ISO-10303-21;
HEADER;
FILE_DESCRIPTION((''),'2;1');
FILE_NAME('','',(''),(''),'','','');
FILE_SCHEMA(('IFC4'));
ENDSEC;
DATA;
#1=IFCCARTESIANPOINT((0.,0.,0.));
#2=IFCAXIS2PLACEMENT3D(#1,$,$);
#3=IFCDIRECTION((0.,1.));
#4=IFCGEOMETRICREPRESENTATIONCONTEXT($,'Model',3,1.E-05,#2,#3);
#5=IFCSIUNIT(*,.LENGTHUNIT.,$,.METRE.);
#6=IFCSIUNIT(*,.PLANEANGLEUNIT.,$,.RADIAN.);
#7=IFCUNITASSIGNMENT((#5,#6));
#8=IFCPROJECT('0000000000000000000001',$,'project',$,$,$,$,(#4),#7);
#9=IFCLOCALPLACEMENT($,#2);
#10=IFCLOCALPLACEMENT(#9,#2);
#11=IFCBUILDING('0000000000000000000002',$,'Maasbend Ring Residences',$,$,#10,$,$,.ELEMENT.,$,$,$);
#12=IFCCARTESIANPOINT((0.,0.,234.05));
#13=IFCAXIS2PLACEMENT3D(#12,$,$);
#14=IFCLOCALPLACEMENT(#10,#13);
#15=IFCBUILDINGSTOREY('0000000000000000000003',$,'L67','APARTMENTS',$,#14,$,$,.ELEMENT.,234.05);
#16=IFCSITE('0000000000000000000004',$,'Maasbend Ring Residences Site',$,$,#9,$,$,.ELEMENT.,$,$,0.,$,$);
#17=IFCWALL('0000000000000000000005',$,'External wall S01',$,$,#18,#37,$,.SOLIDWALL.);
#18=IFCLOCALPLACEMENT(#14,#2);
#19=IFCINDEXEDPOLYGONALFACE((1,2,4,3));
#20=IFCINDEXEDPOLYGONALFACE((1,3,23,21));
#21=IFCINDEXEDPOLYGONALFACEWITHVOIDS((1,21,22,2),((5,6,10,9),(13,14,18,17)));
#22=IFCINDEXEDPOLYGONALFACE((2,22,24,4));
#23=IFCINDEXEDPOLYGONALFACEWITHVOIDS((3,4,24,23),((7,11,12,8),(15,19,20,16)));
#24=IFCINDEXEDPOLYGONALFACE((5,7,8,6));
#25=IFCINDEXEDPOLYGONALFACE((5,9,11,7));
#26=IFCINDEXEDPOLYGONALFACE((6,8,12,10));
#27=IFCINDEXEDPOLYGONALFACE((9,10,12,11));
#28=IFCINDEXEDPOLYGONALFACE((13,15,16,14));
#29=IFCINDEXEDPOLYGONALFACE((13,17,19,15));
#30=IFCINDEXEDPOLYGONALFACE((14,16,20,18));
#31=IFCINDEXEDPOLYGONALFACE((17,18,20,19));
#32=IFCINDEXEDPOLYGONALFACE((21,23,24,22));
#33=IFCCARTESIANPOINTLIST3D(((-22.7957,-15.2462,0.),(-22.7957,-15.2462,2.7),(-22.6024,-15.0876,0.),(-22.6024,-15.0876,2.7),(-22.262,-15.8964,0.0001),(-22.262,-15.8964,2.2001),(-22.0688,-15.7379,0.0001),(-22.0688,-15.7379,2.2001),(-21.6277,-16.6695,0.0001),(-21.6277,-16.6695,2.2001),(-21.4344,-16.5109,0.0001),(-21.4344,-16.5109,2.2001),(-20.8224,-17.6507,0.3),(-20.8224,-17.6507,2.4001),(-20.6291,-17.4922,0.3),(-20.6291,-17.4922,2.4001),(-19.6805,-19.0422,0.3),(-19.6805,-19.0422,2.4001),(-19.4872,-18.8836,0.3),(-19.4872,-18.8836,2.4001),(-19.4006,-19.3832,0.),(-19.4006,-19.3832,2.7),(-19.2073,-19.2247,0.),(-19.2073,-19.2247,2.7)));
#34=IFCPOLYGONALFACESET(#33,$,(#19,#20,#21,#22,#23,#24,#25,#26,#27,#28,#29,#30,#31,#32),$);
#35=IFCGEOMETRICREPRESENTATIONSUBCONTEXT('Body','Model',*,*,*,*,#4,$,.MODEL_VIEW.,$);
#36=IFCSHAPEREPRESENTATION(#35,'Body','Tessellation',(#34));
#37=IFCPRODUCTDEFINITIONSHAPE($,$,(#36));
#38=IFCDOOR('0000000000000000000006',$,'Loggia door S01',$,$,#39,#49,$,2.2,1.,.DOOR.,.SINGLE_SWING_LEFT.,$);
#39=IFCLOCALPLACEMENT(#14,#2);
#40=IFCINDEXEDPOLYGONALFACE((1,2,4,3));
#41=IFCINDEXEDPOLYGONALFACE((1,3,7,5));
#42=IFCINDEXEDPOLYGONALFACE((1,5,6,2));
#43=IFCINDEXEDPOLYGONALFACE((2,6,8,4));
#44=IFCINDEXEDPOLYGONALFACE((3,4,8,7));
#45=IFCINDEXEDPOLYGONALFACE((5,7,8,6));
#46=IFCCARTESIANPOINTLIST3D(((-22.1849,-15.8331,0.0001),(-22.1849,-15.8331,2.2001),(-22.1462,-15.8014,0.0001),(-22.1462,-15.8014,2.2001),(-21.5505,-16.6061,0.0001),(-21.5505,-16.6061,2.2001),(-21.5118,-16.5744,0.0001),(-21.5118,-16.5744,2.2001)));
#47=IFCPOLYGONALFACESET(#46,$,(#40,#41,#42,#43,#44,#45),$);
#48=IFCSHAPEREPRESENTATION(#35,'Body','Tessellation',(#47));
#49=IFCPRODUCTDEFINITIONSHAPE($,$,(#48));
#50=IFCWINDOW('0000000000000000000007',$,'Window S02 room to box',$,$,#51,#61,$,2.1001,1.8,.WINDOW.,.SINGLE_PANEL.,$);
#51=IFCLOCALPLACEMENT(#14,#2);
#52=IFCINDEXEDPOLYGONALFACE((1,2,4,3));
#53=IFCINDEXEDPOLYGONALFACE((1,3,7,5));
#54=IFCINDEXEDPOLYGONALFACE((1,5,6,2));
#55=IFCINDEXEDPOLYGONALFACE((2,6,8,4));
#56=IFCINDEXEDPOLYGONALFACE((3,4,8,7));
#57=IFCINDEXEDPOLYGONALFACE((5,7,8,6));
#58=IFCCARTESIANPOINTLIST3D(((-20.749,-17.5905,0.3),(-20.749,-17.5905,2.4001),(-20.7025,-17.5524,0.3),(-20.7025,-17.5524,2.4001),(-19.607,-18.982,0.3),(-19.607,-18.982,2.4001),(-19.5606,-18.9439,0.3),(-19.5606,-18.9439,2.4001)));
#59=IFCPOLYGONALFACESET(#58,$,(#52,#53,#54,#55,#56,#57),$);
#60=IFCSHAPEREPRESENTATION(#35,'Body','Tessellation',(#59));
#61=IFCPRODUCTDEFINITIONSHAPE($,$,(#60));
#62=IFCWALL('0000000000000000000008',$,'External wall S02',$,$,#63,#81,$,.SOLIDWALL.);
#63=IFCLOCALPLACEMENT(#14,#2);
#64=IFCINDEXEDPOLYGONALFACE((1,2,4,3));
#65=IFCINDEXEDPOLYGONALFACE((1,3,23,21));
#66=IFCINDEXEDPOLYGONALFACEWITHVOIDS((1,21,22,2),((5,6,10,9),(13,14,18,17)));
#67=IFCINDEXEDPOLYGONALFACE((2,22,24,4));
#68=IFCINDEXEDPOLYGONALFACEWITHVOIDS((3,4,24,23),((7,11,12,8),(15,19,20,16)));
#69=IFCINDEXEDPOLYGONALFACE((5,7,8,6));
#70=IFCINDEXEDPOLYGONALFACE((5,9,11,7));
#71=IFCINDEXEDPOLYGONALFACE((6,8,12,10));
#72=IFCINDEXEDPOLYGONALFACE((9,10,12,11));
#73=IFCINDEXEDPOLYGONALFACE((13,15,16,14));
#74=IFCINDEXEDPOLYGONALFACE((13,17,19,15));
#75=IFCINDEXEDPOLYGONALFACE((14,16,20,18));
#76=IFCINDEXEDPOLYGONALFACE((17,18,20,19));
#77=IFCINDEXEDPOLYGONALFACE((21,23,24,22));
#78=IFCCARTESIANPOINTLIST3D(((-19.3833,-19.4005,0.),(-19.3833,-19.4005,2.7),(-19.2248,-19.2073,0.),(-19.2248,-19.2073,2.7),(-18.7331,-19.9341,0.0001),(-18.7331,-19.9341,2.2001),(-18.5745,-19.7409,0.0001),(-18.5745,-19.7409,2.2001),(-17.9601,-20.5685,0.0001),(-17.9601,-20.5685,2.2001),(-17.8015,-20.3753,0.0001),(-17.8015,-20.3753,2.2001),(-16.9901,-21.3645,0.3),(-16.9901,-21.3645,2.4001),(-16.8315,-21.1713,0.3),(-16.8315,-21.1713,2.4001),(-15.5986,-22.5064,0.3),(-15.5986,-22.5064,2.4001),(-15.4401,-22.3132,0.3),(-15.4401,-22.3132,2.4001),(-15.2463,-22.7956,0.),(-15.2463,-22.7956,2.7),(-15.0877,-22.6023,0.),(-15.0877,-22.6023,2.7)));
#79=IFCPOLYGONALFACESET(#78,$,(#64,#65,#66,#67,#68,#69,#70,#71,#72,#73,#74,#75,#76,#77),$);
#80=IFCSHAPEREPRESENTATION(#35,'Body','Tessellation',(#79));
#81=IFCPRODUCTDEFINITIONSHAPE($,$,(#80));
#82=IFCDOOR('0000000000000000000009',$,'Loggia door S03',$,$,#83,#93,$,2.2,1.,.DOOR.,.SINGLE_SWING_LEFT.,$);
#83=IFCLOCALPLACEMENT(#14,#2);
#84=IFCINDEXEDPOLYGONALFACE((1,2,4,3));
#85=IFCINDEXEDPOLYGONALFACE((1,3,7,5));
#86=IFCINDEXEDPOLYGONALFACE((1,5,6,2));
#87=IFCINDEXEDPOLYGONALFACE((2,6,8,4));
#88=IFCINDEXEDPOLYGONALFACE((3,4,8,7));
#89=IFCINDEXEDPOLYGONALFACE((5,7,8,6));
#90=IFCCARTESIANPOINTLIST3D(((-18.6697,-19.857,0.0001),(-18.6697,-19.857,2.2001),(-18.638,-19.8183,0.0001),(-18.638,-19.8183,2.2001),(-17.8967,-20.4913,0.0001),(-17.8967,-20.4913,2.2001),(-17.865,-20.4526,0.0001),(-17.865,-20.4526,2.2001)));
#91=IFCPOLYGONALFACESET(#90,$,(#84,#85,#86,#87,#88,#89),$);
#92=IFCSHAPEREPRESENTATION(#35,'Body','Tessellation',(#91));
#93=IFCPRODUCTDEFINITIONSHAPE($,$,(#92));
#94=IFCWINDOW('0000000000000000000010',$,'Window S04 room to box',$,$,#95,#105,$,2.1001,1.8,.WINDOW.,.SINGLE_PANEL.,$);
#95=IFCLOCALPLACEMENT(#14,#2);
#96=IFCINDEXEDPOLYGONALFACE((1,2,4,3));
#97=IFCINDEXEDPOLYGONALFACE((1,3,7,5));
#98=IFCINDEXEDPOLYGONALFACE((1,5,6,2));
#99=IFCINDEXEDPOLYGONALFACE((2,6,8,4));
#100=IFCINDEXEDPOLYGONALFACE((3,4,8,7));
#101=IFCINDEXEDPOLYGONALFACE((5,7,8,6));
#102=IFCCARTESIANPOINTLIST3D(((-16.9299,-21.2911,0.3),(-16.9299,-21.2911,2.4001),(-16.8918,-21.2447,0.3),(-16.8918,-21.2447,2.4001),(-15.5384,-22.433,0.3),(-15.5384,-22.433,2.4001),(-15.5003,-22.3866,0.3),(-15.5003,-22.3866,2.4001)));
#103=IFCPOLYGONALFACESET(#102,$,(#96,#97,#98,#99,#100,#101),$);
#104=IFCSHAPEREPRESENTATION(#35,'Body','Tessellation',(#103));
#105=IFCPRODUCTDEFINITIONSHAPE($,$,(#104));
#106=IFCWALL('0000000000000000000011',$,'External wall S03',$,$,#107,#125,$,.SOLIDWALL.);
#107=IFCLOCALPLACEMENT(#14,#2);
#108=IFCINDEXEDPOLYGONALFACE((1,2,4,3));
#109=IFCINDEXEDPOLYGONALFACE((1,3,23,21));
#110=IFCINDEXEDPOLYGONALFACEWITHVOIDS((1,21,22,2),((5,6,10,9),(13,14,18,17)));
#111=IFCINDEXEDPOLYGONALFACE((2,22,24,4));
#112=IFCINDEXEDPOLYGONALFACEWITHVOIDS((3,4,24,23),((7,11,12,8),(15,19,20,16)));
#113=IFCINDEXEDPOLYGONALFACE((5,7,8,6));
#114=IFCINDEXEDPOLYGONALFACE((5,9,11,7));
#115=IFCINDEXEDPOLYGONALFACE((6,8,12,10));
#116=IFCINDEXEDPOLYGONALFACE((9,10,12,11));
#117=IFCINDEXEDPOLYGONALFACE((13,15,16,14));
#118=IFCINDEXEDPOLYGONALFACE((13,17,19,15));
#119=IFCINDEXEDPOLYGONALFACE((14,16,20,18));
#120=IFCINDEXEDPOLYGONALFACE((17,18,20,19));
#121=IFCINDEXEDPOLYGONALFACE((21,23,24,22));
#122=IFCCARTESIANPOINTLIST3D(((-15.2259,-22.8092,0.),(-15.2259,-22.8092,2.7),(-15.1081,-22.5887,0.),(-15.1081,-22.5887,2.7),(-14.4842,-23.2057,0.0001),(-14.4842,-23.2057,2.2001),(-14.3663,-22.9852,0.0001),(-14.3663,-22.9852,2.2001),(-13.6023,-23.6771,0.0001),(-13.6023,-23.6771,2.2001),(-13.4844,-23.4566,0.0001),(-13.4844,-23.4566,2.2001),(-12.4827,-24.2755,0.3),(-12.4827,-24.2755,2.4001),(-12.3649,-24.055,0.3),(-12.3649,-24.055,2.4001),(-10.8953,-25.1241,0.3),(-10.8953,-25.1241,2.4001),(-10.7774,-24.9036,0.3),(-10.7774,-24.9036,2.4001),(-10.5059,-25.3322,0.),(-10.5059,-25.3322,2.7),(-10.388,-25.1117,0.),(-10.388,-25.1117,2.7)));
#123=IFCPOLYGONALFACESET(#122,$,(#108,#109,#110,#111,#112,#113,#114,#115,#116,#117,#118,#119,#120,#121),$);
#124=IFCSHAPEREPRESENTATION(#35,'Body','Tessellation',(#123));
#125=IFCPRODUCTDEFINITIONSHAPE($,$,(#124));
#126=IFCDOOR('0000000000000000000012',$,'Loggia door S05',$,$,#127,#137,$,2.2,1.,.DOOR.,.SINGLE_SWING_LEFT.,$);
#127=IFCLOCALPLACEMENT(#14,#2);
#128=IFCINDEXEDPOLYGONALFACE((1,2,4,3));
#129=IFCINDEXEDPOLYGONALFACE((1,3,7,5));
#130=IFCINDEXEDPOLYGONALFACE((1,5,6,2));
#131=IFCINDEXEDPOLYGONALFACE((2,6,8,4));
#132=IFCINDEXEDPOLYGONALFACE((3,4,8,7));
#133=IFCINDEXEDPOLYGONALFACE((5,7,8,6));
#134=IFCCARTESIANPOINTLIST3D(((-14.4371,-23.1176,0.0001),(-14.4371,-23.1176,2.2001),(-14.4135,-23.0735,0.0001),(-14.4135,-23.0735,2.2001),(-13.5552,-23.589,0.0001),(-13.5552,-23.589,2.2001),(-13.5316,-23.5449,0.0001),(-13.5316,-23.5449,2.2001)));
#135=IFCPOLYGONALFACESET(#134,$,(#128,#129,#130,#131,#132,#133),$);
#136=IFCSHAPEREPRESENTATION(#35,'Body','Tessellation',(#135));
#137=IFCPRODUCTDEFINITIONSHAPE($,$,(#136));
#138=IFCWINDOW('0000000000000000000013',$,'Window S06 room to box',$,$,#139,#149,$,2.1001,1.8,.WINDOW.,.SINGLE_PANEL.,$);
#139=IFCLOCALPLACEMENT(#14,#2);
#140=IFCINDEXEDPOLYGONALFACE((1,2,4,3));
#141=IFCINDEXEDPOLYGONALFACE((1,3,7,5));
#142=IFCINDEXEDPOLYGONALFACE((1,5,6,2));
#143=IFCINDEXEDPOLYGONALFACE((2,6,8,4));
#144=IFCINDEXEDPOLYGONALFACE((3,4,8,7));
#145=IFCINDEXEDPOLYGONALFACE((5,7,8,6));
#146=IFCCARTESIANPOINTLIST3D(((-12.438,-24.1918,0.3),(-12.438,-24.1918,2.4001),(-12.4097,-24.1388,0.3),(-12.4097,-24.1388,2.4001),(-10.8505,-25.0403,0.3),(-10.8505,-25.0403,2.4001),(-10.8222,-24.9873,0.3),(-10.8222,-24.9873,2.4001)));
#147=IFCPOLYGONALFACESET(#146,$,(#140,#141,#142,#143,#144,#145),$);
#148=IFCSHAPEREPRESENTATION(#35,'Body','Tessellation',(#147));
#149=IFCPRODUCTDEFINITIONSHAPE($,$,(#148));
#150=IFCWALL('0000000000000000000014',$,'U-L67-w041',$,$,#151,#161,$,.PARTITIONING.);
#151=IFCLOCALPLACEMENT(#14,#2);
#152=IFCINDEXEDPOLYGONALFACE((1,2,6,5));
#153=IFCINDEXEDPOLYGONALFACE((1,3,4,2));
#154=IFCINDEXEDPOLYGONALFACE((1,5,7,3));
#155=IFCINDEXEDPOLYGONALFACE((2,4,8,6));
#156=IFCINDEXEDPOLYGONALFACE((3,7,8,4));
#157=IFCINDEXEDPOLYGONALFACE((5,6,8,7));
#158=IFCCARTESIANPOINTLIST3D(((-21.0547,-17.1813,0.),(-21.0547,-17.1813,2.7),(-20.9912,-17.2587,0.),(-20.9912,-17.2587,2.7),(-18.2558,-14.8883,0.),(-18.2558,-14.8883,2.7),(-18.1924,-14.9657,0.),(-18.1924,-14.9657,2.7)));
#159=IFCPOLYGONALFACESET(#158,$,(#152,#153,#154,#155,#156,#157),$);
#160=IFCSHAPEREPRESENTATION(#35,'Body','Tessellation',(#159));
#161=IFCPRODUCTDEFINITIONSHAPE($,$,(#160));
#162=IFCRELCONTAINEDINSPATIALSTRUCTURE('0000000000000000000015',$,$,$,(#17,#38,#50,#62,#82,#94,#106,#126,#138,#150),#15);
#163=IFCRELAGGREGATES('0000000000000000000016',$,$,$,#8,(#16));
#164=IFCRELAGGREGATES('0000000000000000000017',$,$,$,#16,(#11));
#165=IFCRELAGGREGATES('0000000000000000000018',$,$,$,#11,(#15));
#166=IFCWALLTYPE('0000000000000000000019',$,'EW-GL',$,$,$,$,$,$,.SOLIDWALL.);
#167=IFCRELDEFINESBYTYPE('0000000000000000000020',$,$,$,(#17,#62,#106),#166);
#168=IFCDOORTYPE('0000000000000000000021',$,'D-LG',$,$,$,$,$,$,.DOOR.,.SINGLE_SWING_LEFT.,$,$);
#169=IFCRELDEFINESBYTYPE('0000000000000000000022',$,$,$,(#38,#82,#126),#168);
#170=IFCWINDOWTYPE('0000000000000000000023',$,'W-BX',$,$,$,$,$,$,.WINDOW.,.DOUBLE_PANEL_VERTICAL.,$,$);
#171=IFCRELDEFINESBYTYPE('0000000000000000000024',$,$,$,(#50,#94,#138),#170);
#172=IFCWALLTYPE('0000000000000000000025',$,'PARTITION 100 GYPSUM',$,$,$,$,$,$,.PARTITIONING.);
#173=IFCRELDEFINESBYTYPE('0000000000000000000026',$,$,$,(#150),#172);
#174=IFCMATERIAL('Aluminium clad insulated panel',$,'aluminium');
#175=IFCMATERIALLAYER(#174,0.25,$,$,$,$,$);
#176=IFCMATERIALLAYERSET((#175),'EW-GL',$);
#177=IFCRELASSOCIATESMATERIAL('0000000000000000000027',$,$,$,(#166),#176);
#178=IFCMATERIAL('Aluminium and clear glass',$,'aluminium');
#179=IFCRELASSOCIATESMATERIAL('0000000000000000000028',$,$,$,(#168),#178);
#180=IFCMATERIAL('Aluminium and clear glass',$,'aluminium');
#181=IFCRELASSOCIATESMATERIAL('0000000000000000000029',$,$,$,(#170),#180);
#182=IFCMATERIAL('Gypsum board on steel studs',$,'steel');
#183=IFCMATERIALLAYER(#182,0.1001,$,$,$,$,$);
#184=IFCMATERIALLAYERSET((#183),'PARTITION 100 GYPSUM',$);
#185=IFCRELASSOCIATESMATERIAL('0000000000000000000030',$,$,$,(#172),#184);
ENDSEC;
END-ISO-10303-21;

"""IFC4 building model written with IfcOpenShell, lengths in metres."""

from ifc_helpers import new_model, si_unit, direction, frame, frame_2d, origin, place, context, subcontext, project, spatial, rectangle, extrude, material, layer, layer_set, type_object, element, fill, save


model = new_model("IFC4")

# Units and contexts
model_context = context("Model", 3, precision=1e-05, world=origin(), true_north=direction((0.0, 1.0)))
body_context = subcontext(model_context, "Body", "Model", "MODEL_VIEW")
ifc_project = project(units=[si_unit("LENGTHUNIT", "METRE"), si_unit("PLANEANGLEUNIT", "RADIAN")], contexts=[model_context])

# Site, building, storey
site_placement = place(None, origin())
site = spatial("IfcSite", under=ifc_project, at=site_placement, Name="Maasbend Ring Residences Site", CompositionType="ELEMENT", RefElevation=0.0)
building_placement = place(site_placement, origin())
building = spatial("IfcBuilding", under=site, at=building_placement, Name="Maasbend Ring Residences", CompositionType="ELEMENT")
storey_placement = place(building_placement, frame((0.0, 0.0, 234.05)))
storey = spatial("IfcBuildingStorey", under=building, at=storey_placement, Name="L67", Description="APARTMENTS", CompositionType="ELEMENT", Elevation=234.05)

# Walls, openings, doors, windows
ifc_material_1 = material(Name="Aluminium clad insulated panel", Category="aluminium")
ifc_layer_1 = layer(ifc_material_1, 0.25)
ifc_layer_set_1 = layer_set([ifc_layer_1], Name="EW-GL")
wall_type_1 = type_object("IfcWallType", Name="EW-GL", PredefinedType="SOLIDWALL", material=ifc_layer_set_1)
wall_1_placement = place(storey_placement, frame((-22.699, -15.167, 0.0), z_axis=(0.0, 0.0, 1.0), x_axis=(0.634382, -0.773019, 0.0)))
wall_1 = element("IfcWall", 1, at=wall_1_placement, inside=storey, type_object=wall_type_1, Name="External wall S01", PredefinedType="SOLIDWALL", context=body_context, shape_type="SweptSolid", body=[
    extrude(rectangle(XDim=5.3518, YDim=0.25, at=frame_2d((2.6758, 0.0))), origin(), (0.0, 0.0, 1.0), 2.7),
])
opening_1_placement = place(wall_1_placement, frame((0.8411, 0.0, 0.0)))
opening_1 = element("IfcOpeningElement", 2, at=opening_1_placement, cuts=wall_1, PredefinedType="OPENING", context=body_context, shape_type="SweptSolid", body=[
    extrude(rectangle(XDim=1.0, YDim=2.2, at=frame_2d((0.5, 1.1001))), frame((0.0, 0.135, 0.0), z_axis=(0.0, -1.0, 0.0), x_axis=(1.0, 0.0, 0.0)), (0.0, 0.0, 1.0), 0.27),
])
opening_2_placement = place(wall_1_placement, frame((3.1106, 0.0, 0.3)))
opening_2 = element("IfcOpeningElement", 3, at=opening_2_placement, cuts=wall_1, PredefinedType="OPENING", context=body_context, shape_type="SweptSolid", body=[
    extrude(rectangle(XDim=1.8, YDim=2.1001, at=frame_2d((0.8999, 1.05))), frame((0.0, 0.135, 0.0), z_axis=(0.0, -1.0, 0.0), x_axis=(1.0, 0.0, 0.0)), (0.0, 0.0, 1.0), 0.27),
])
ifc_material_2 = material(Name="Aluminium and clear glass", Category="aluminium")
door_type_1 = type_object("IfcDoorType", Name="D-LG", OperationType="SINGLE_SWING_LEFT", PredefinedType="DOOR", material=ifc_material_2)
door_1_placement = place(opening_1_placement, origin())
door_1 = element("IfcDoor", 4, at=door_1_placement, inside=storey, type_object=door_type_1, Name="Loggia door S01", OperationType="SINGLE_SWING_LEFT", OverallHeight=2.2, OverallWidth=1.0, PredefinedType="DOOR", context=body_context, shape_type="SweptSolid", body=[
    extrude(rectangle(XDim=1.0, YDim=2.2, at=frame_2d((0.5, 1.1001))), frame((0.0, 0.0249, 0.0), z_axis=(0.0, -1.0, 0.0), x_axis=(1.0, 0.0, 0.0)), (0.0, 0.0, 1.0), 0.05),
])
fill(opening_1, door_1)
ifc_material_3 = material(Name="Aluminium and clear glass", Category="aluminium")
window_type_1 = type_object("IfcWindowType", Name="W-BX", PartitioningType="DOUBLE_PANEL_VERTICAL", PredefinedType="WINDOW", material=ifc_material_3)
window_1_placement = place(opening_2_placement, origin())
window_1 = element("IfcWindow", 5, at=window_1_placement, inside=storey, type_object=window_type_1, Name="Window S02 room to box", OverallHeight=2.1001, OverallWidth=1.8, PartitioningType="SINGLE_PANEL", PredefinedType="WINDOW", context=body_context, shape_type="SweptSolid", body=[
    extrude(rectangle(XDim=1.8, YDim=2.1001, at=frame_2d((0.8999, 1.05))), frame((0.0, 0.03, 0.0), z_axis=(0.0, -1.0, 0.0), x_axis=(1.0, 0.0, 0.0)), (0.0, 0.0, 1.0), 0.0601),
])
fill(opening_2, window_1)
wall_2_placement = place(storey_placement, frame((-19.304, -19.304, 0.0), z_axis=(0.0, 0.0, 1.0), x_axis=(0.773019, -0.634382, 0.0)))
wall_2 = element("IfcWall", 6, at=wall_2_placement, inside=storey, type_object=wall_type_1, Name="External wall S02", PredefinedType="SOLIDWALL", context=body_context, shape_type="SweptSolid", body=[
    extrude(rectangle(XDim=5.3518, YDim=0.25, at=frame_2d((2.6758, 0.0))), origin(), (0.0, 0.0, 1.0), 2.7),
])
opening_3_placement = place(wall_2_placement, frame((0.8411, 0.0, 0.0)))
opening_3 = element("IfcOpeningElement", 7, at=opening_3_placement, cuts=wall_2, PredefinedType="OPENING", context=body_context, shape_type="SweptSolid", body=[
    extrude(rectangle(XDim=1.0, YDim=2.2, at=frame_2d((0.5, 1.1001))), frame((0.0, 0.135, 0.0), z_axis=(0.0, -1.0, 0.0), x_axis=(1.0, 0.0, 0.0)), (0.0, 0.0, 1.0), 0.27),
])
opening_4_placement = place(wall_2_placement, frame((3.0959, 0.0, 0.3)))
opening_4 = element("IfcOpeningElement", 8, at=opening_4_placement, cuts=wall_2, PredefinedType="OPENING", context=body_context, shape_type="SweptSolid", body=[
    extrude(rectangle(XDim=1.8, YDim=2.1001, at=frame_2d((0.8999, 1.05))), frame((0.0, 0.135, 0.0), z_axis=(0.0, -1.0, 0.0), x_axis=(1.0, 0.0, 0.0)), (0.0, 0.0, 1.0), 0.27),
])
door_2_placement = place(opening_3_placement, origin())
door_2 = element("IfcDoor", 9, at=door_2_placement, inside=storey, type_object=door_type_1, Name="Loggia door S03", OperationType="SINGLE_SWING_LEFT", OverallHeight=2.2, OverallWidth=1.0, PredefinedType="DOOR", context=body_context, shape_type="SweptSolid", body=[
    extrude(rectangle(XDim=1.0, YDim=2.2, at=frame_2d((0.5, 1.1001))), frame((0.0, 0.0249, 0.0), z_axis=(0.0, -1.0, 0.0), x_axis=(1.0, 0.0, 0.0)), (0.0, 0.0, 1.0), 0.05),
])
fill(opening_3, door_2)
window_2_placement = place(opening_4_placement, origin())
window_2 = element("IfcWindow", 10, at=window_2_placement, inside=storey, type_object=window_type_1, Name="Window S04 room to box", OverallHeight=2.1001, OverallWidth=1.8, PartitioningType="SINGLE_PANEL", PredefinedType="WINDOW", context=body_context, shape_type="SweptSolid", body=[
    extrude(rectangle(XDim=1.8, YDim=2.1001, at=frame_2d((0.8999, 1.05))), frame((0.0, 0.03, 0.0), z_axis=(0.0, -1.0, 0.0), x_axis=(1.0, 0.0, 0.0)), (0.0, 0.0, 1.0), 0.0601),
])
fill(opening_4, window_2)
wall_3_placement = place(storey_placement, frame((-15.167, -22.699, 0.0), z_axis=(0.0, 0.0, 1.0), x_axis=(0.881916, -0.471407, 0.0)))
wall_3 = element("IfcWall", 11, at=wall_3_placement, inside=storey, type_object=wall_type_1, Name="External wall S03", PredefinedType="SOLIDWALL", context=body_context, shape_type="SweptSolid", body=[
    extrude(rectangle(XDim=5.3521, YDim=0.25, at=frame_2d((2.676, 0.0))), origin(), (0.0, 0.0, 1.0), 2.7),
])
opening_5_placement = place(wall_3_placement, frame((0.8411, 0.0, 0.0)))
opening_5 = element("IfcOpeningElement", 12, at=opening_5_placement, cuts=wall_3, PredefinedType="OPENING", context=body_context, shape_type="SweptSolid", body=[
    extrude(rectangle(XDim=1.0, YDim=2.2, at=frame_2d((0.5, 1.1001))), frame((0.0, 0.135, 0.0), z_axis=(0.0, -1.0, 0.0), x_axis=(1.0, 0.0, 0.0)), (0.0, 0.0, 1.0), 0.27),
])
opening_6_placement = place(wall_3_placement, frame((3.1106, 0.0, 0.3)))
opening_6 = element("IfcOpeningElement", 13, at=opening_6_placement, cuts=wall_3, PredefinedType="OPENING", context=body_context, shape_type="SweptSolid", body=[
    extrude(rectangle(XDim=1.8, YDim=2.1001, at=frame_2d((0.8999, 1.05))), frame((0.0, 0.135, 0.0), z_axis=(0.0, -1.0, 0.0), x_axis=(1.0, 0.0, 0.0)), (0.0, 0.0, 1.0), 0.27),
])
door_3_placement = place(opening_5_placement, origin())
door_3 = element("IfcDoor", 14, at=door_3_placement, inside=storey, type_object=door_type_1, Name="Loggia door S05", OperationType="SINGLE_SWING_LEFT", OverallHeight=2.2, OverallWidth=1.0, PredefinedType="DOOR", context=body_context, shape_type="SweptSolid", body=[
    extrude(rectangle(XDim=1.0, YDim=2.2, at=frame_2d((0.5, 1.1001))), frame((0.0, 0.0249, 0.0), z_axis=(0.0, -1.0, 0.0), x_axis=(1.0, 0.0, 0.0)), (0.0, 0.0, 1.0), 0.05),
])
fill(opening_5, door_3)
window_3_placement = place(opening_6_placement, origin())
window_3 = element("IfcWindow", 15, at=window_3_placement, inside=storey, type_object=window_type_1, Name="Window S06 room to box", OverallHeight=2.1001, OverallWidth=1.8, PartitioningType="SINGLE_PANEL", PredefinedType="WINDOW", context=body_context, shape_type="SweptSolid", body=[
    extrude(rectangle(XDim=1.8, YDim=2.1001, at=frame_2d((0.8999, 1.05))), frame((0.0, 0.03, 0.0), z_axis=(0.0, -1.0, 0.0), x_axis=(1.0, 0.0, 0.0)), (0.0, 0.0, 1.0), 0.0601),
])
fill(opening_6, window_3)

# Wall
ifc_material_4 = material(Name="Gypsum board on steel studs", Category="steel")
ifc_layer_2 = layer(ifc_material_4, 0.1001)
ifc_layer_set_2 = layer_set([ifc_layer_2], Name="PARTITION 100 GYPSUM")
wall_type_2 = type_object("IfcWallType", Name="PARTITION 100 GYPSUM", PredefinedType="PARTITIONING", material=ifc_layer_set_2)
wall_4_placement = place(storey_placement, frame((-21.0229, -17.22, 0.0), z_axis=(0.0, 0.0, 1.0), x_axis=(0.773548, 0.633737, 0.0)))
element("IfcWall", 16, at=wall_4_placement, inside=storey, type_object=wall_type_2, Name="U-L67-w041", PredefinedType="PARTITIONING", context=body_context, shape_type="SweptSolid", body=[
    extrude(rectangle(XDim=3.6182, YDim=0.1001, at=frame_2d((1.8091, 0.0))), origin(), (0.0, 0.0, 1.0), 2.7),
])

save(model, "model.ifc")
